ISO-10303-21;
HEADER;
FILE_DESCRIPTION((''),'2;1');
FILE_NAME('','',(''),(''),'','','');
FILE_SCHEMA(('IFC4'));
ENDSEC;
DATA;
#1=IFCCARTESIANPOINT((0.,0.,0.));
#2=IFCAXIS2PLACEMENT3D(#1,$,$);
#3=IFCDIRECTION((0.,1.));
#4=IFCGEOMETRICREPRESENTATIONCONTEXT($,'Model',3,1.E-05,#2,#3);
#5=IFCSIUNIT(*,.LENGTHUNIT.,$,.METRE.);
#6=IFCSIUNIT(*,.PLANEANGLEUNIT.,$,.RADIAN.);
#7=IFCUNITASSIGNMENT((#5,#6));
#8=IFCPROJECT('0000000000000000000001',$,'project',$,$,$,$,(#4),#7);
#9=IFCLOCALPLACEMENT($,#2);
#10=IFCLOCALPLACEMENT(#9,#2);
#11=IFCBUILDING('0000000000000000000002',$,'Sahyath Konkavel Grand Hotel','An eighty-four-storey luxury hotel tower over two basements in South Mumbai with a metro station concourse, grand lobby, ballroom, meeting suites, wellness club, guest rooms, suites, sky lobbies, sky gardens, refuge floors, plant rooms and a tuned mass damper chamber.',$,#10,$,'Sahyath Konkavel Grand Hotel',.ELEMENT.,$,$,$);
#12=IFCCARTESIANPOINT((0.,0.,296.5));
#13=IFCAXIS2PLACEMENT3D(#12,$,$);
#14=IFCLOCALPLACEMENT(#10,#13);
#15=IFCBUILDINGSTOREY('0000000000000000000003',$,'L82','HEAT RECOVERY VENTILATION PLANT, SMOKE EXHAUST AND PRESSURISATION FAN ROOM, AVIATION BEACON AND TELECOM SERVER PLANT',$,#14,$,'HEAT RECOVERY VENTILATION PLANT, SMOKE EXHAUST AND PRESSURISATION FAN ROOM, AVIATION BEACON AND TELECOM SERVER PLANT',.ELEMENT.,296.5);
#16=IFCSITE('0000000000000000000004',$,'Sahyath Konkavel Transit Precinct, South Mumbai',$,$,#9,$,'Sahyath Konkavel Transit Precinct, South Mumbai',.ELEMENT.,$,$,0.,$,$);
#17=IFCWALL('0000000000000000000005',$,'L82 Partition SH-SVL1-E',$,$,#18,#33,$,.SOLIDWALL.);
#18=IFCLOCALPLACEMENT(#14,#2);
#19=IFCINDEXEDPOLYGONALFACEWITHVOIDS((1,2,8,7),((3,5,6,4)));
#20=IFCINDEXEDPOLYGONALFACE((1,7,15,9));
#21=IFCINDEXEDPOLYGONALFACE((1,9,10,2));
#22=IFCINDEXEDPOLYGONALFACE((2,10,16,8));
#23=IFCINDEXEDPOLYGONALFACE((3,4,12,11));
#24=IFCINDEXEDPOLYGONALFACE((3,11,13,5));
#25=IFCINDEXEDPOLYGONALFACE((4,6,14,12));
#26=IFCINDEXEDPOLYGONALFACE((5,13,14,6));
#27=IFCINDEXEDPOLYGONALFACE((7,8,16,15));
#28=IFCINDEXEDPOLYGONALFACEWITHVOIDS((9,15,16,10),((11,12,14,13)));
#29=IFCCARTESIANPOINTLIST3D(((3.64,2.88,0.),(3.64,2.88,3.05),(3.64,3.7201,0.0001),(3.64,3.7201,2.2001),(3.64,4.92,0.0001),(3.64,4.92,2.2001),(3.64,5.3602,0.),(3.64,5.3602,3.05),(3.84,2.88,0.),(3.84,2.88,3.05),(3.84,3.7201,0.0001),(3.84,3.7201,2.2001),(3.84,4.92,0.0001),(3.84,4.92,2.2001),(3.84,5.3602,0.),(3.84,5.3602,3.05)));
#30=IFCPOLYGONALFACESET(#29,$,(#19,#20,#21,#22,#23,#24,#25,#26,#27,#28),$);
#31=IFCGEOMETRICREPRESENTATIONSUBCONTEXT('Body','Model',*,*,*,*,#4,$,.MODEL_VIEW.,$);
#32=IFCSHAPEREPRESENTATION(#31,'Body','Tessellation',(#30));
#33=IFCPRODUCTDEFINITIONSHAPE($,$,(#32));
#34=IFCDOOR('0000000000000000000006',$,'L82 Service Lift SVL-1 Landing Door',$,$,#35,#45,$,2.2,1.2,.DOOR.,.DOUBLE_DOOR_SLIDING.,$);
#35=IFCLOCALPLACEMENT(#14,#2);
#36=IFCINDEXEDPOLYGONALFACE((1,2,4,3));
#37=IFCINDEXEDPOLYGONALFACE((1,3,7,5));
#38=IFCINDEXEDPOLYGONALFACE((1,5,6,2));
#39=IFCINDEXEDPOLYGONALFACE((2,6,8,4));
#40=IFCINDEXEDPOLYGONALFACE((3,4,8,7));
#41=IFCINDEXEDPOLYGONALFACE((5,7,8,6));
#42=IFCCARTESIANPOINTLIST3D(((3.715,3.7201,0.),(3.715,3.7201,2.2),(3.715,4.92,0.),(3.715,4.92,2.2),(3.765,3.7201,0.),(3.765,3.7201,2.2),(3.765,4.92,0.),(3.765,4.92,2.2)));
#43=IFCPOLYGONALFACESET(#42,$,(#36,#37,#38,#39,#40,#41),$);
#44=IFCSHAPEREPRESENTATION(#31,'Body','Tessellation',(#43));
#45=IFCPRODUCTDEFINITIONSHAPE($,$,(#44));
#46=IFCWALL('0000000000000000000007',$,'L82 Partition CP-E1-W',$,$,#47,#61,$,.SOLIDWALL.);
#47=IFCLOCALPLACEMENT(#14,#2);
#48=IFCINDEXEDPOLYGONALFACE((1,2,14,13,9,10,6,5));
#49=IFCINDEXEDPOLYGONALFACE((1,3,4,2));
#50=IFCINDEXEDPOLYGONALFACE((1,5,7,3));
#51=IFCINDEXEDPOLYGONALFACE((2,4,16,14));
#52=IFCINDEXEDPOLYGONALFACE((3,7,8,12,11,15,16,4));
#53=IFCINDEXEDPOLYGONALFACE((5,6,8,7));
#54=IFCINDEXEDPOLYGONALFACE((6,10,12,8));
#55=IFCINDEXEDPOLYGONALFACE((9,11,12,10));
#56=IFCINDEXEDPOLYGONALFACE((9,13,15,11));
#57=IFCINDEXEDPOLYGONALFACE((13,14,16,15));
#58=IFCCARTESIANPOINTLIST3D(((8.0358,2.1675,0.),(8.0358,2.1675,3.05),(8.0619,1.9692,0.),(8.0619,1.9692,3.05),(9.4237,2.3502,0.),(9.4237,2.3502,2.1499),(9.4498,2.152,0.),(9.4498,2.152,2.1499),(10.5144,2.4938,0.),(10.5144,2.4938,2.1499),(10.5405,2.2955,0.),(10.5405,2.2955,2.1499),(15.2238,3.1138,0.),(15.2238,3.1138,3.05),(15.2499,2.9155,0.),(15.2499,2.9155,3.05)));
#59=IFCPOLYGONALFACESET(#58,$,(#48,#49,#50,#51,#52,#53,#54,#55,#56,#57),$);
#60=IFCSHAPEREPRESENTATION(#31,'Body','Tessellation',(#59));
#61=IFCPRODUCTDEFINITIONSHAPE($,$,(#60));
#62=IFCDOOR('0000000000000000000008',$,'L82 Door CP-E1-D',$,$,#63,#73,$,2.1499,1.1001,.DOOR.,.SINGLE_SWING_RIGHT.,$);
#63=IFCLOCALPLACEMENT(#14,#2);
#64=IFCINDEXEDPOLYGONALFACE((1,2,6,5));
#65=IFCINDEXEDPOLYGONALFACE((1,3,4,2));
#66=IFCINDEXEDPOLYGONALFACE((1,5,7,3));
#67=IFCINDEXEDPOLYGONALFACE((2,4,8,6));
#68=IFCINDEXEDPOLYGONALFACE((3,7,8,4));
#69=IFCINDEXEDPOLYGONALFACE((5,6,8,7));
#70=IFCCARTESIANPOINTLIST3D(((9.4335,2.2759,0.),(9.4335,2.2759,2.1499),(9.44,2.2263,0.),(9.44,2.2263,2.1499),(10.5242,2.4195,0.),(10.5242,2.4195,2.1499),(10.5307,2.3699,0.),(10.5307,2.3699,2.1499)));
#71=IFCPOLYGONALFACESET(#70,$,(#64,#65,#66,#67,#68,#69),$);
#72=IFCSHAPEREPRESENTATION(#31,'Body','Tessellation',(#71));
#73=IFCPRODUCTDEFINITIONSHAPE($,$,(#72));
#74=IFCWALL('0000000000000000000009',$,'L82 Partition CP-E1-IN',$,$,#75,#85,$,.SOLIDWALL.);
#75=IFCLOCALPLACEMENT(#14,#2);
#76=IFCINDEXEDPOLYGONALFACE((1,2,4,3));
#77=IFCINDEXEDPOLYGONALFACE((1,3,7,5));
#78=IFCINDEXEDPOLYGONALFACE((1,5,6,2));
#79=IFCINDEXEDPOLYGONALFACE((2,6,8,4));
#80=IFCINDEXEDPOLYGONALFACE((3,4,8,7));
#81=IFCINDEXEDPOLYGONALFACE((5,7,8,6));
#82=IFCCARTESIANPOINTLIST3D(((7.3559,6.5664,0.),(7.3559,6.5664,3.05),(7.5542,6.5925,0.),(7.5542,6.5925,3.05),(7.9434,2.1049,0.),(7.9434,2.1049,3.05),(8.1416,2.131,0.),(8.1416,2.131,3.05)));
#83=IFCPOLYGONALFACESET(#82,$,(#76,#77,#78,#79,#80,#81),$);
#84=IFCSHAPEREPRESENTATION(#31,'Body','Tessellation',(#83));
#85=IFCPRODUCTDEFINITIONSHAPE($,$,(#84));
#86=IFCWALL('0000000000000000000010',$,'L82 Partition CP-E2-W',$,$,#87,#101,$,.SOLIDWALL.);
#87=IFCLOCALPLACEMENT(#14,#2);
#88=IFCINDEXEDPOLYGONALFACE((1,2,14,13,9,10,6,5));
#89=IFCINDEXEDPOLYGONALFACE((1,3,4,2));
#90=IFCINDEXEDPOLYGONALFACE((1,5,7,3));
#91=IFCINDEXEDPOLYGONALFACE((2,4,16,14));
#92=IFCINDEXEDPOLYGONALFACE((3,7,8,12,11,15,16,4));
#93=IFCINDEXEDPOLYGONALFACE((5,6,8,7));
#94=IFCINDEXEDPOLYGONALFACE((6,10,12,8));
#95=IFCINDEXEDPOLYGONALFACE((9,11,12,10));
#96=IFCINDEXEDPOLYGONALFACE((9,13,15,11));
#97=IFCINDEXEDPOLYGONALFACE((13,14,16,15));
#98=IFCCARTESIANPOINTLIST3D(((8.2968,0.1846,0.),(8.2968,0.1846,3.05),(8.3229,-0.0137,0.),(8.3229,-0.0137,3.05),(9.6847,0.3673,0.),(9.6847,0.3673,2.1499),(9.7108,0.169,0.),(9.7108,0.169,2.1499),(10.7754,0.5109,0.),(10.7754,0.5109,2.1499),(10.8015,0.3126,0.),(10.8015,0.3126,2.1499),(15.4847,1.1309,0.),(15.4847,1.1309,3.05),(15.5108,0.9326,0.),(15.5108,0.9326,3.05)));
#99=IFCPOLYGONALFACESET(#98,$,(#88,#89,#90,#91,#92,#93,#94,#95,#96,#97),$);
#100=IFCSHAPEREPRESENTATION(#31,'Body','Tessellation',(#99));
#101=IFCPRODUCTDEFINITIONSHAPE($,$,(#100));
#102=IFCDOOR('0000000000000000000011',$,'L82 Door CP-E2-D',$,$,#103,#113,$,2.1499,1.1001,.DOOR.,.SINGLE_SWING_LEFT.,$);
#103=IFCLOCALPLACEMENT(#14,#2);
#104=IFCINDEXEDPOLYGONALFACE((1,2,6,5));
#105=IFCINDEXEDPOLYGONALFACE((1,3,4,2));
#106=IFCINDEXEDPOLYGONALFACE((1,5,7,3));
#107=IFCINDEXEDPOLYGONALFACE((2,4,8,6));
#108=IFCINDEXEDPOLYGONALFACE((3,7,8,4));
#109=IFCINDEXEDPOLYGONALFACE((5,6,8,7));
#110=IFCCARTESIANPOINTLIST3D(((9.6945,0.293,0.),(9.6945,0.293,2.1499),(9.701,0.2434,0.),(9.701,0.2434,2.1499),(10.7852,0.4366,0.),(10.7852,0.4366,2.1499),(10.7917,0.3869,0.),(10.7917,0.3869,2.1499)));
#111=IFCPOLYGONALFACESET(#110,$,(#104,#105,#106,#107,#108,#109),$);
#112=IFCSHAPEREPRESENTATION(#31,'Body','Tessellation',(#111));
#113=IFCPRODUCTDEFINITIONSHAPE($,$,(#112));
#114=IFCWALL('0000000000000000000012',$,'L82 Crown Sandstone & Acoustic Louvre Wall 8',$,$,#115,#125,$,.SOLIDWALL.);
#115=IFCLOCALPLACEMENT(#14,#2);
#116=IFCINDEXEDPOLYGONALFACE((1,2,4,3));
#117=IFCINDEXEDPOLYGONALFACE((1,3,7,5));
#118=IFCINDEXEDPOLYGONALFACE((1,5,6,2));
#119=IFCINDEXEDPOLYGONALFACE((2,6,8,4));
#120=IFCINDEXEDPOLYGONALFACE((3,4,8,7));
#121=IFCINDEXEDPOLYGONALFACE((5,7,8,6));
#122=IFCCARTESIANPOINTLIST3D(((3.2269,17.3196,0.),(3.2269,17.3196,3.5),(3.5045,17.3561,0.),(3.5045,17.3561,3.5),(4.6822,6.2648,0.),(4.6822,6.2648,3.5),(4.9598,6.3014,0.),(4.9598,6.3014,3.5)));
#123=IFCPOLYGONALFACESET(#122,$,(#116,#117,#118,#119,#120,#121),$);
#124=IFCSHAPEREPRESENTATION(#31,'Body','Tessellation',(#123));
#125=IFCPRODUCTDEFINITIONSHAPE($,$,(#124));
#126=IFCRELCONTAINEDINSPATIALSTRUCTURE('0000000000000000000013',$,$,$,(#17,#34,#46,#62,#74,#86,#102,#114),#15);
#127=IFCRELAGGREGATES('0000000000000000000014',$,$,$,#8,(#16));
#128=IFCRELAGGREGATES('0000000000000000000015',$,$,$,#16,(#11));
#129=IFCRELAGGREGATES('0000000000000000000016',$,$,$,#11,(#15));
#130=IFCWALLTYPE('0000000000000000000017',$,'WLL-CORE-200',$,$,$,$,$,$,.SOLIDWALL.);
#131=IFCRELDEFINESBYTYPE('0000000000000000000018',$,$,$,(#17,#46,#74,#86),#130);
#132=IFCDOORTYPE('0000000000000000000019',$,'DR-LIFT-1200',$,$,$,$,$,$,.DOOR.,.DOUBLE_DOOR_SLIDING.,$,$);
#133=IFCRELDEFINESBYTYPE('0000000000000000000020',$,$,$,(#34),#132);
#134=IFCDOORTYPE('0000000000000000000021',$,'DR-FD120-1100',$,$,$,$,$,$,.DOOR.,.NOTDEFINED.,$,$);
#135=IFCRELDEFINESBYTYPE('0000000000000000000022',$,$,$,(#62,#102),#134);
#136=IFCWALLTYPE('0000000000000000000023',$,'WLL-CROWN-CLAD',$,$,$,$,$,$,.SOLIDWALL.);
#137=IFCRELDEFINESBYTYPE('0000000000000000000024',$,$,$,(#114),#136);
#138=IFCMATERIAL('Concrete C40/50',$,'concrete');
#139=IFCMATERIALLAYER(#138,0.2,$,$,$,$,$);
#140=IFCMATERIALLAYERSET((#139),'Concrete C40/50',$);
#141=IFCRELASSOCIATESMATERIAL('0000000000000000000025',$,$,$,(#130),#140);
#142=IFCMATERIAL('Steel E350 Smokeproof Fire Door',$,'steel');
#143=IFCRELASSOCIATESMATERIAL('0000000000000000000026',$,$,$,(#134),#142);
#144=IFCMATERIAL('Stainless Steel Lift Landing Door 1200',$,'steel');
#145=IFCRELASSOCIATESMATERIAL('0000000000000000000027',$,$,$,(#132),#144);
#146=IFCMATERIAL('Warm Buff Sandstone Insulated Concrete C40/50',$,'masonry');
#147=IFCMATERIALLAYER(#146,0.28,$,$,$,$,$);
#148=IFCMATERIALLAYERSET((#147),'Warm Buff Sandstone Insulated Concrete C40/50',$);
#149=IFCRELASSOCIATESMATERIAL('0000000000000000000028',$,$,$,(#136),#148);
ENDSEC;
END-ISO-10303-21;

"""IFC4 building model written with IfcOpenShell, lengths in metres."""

from ifc_helpers import new_model, si_unit, direction, frame, frame_2d, origin, origin_2d, place, context, subcontext, project, spatial, rectangle, extrude, source, transform, mapped, material, layer, layer_set, type_object, element, fill, save


model = new_model("IFC4")

# Units and contexts
model_context = context("Model", 3, precision=1e-05, world=origin(), true_north=direction((0.0, 1.0)))
body_context = subcontext(model_context, "Body", "Model", "MODEL_VIEW")
ifc_project = project(units=[si_unit("LENGTHUNIT", "METRE"), si_unit("PLANEANGLEUNIT", "RADIAN")], contexts=[model_context])

# Site, building, storey
site_placement = place(None, origin())
site = spatial("IfcSite", under=ifc_project, at=site_placement, Name="Sahyath Konkavel Transit Precinct, South Mumbai", LongName="Sahyath Konkavel Transit Precinct, South Mumbai", CompositionType="ELEMENT", RefElevation=0.0)
building_placement = place(site_placement, origin())
building = spatial("IfcBuilding", under=site, at=building_placement, Name="Sahyath Konkavel Grand Hotel", Description="An eighty-four-storey luxury hotel tower over two basements in South Mumbai with a metro station concourse, grand lobby, ballroom, meeting suites, wellness club, guest rooms, suites, sky lobbies, sky gardens, refuge floors, plant rooms and a tuned mass damper chamber.", LongName="Sahyath Konkavel Grand Hotel", CompositionType="ELEMENT")
storey_placement = place(building_placement, frame((0.0, 0.0, 296.5)))
storey = spatial("IfcBuildingStorey", under=building, at=storey_placement, Name="L82", Description="HEAT RECOVERY VENTILATION PLANT, SMOKE EXHAUST AND PRESSURISATION FAN ROOM, AVIATION BEACON AND TELECOM SERVER PLANT", LongName="HEAT RECOVERY VENTILATION PLANT, SMOKE EXHAUST AND PRESSURISATION FAN ROOM, AVIATION BEACON AND TELECOM SERVER PLANT", CompositionType="ELEMENT", Elevation=296.5)

# Shared definitions
ifc_material_1 = material(Name="Concrete C40/50", Category="concrete")

# Shared definitions
ifc_layer_1 = layer(ifc_material_1, 0.2)
ifc_layer_set_1 = layer_set([ifc_layer_1], Name="Concrete C40/50")
wall_type_1 = type_object("IfcWallType", Name="WLL-CORE-200", PredefinedType="SOLIDWALL", material=ifc_layer_set_1)
ifc_material_2 = material(Name="Steel E350 Smokeproof Fire Door", Category="steel")
door_type_1 = type_object("IfcDoorType", Name="DR-FD120-1100", OperationType="NOTDEFINED", PredefinedType="DOOR", material=ifc_material_2)
shared_shape_1 = source(origin(), body_context, "Body", "SweptSolid", [
    extrude(rectangle(XDim=1.1001, YDim=0.05, at=origin_2d()), origin(), (0.0, 0.0, 1.0), 2.1499),
])

# Walls, openings, doors
wall_1_placement = place(storey_placement, frame((3.74, 2.8799, 0.0), z_axis=(0.0, 0.0, 1.0), x_axis=(0.0, 1.0, 0.0)))
wall_1 = element("IfcWall", 1, at=wall_1_placement, inside=storey, type_object=wall_type_1, Name="L82 Partition SH-SVL1-E", PredefinedType="SOLIDWALL", context=body_context, shape_type="SweptSolid", body=[
    extrude(rectangle(XDim=2.4802, YDim=0.2, at=frame_2d((1.2402, 0.0))), origin(), (0.0, 0.0, 1.0), 3.05),
])
opening_1_placement = place(wall_1_placement, frame((0.8401, 0.0, 0.0)))
opening_1 = element("IfcOpeningElement", 2, at=opening_1_placement, cuts=wall_1, PredefinedType="OPENING", context=body_context, shape_type="SweptSolid", body=[
    extrude(rectangle(XDim=1.2, YDim=2.2, at=frame_2d((0.6001, 1.1001))), frame((0.0, 0.1099, 0.0), z_axis=(0.0, -1.0, 0.0), x_axis=(1.0, 0.0, 0.0)), (0.0, 0.0, 1.0), 0.22),
])
ifc_material_3 = material(Name="Stainless Steel Lift Landing Door 1200", Category="steel")
door_type_2 = type_object("IfcDoorType", Name="DR-LIFT-1200", OperationType="DOUBLE_DOOR_SLIDING", PredefinedType="DOOR", material=ifc_material_3)
shared_shape_2 = source(origin(), body_context, "Body", "SweptSolid", [
    extrude(rectangle(XDim=1.2, YDim=0.05, at=origin_2d()), origin(), (0.0, 0.0, 1.0), 2.2),
])
door_1_placement = place(opening_1_placement, frame((0.6001, 0.0, 0.0)))
door_1 = element("IfcDoor", 3, at=door_1_placement, inside=storey, type_object=door_type_2, Name="L82 Service Lift SVL-1 Landing Door", OperationType="DOUBLE_DOOR_SLIDING", OverallHeight=2.2, OverallWidth=1.2, PredefinedType="DOOR", context=body_context, shape_type="MappedRepresentation", body=[
    mapped(shared_shape_2, transform((0.0, 0.0, 0.0), scale=1.0)),
])
fill(opening_1, door_1)
wall_2_placement = place(storey_placement, frame((8.0488, 2.0684, 0.0), z_axis=(0.0, 0.0, 1.0), x_axis=(0.991445, 0.130522, 0.0)))
wall_2 = element("IfcWall", 4, at=wall_2_placement, inside=storey, type_object=wall_type_1, Name="L82 Partition CP-E1-W", PredefinedType="SOLIDWALL", context=body_context, shape_type="SweptSolid", body=[
    extrude(rectangle(XDim=7.25, YDim=0.2, at=frame_2d((3.625, 0.0))), origin(), (0.0, 0.0, 1.0), 3.05),
])
opening_2_placement = place(wall_2_placement, frame((1.3999, 0.0, 0.0)))
opening_2 = element("IfcOpeningElement", 5, at=opening_2_placement, cuts=wall_2, PredefinedType="OPENING", context=body_context, shape_type="SweptSolid", body=[
    extrude(rectangle(XDim=1.1001, YDim=2.1499, at=frame_2d((0.55, 1.075))), frame((0.0, 0.1099, 0.0), z_axis=(0.0, -1.0, 0.0), x_axis=(1.0, 0.0, 0.0)), (0.0, 0.0, 1.0), 0.22),
])
door_2_placement = place(opening_2_placement, frame((0.55, 0.0, 0.0)))
door_2 = element("IfcDoor", 6, at=door_2_placement, inside=storey, type_object=door_type_1, Name="L82 Door CP-E1-D", OperationType="SINGLE_SWING_RIGHT", OverallHeight=2.1499, OverallWidth=1.1001, PredefinedType="DOOR", context=body_context, shape_type="MappedRepresentation", body=[
    mapped(shared_shape_1, transform((0.0, 0.0, 0.0), scale=1.0)),
])
fill(opening_2, door_2)

# Wall
wall_3_placement = place(storey_placement, frame((8.0425, 2.1179, 0.0), z_axis=(0.0, 0.0, 1.0), x_axis=(-0.130536, 0.991444, 0.0)))
element("IfcWall", 7, at=wall_3_placement, inside=storey, type_object=wall_type_1, Name="L82 Partition CP-E1-IN", PredefinedType="SOLIDWALL", context=body_context, shape_type="SweptSolid", body=[
    extrude(rectangle(XDim=4.5, YDim=0.2, at=frame_2d((2.25, 0.0))), origin(), (0.0, 0.0, 1.0), 3.05),
])

# Wall, opening, door
wall_4_placement = place(storey_placement, frame((8.3098, 0.0854, 0.0), z_axis=(0.0, 0.0, 1.0), x_axis=(0.991445, 0.130522, 0.0)))
wall_4 = element("IfcWall", 8, at=wall_4_placement, inside=storey, type_object=wall_type_1, Name="L82 Partition CP-E2-W", PredefinedType="SOLIDWALL", context=body_context, shape_type="SweptSolid", body=[
    extrude(rectangle(XDim=7.25, YDim=0.2, at=frame_2d((3.625, 0.0))), origin(), (0.0, 0.0, 1.0), 3.05),
])
opening_3_placement = place(wall_4_placement, frame((1.3999, 0.0, 0.0)))
opening_3 = element("IfcOpeningElement", 9, at=opening_3_placement, cuts=wall_4, PredefinedType="OPENING", context=body_context, shape_type="SweptSolid", body=[
    extrude(rectangle(XDim=1.1001, YDim=2.1499, at=frame_2d((0.55, 1.075))), frame((0.0, 0.1099, 0.0), z_axis=(0.0, -1.0, 0.0), x_axis=(1.0, 0.0, 0.0)), (0.0, 0.0, 1.0), 0.22),
])
door_3_placement = place(opening_3_placement, frame((0.55, 0.0, 0.0)))
door_3 = element("IfcDoor", 10, at=door_3_placement, inside=storey, type_object=door_type_1, Name="L82 Door CP-E2-D", OperationType="SINGLE_SWING_LEFT", OverallHeight=2.1499, OverallWidth=1.1001, PredefinedType="DOOR", context=body_context, shape_type="MappedRepresentation", body=[
    mapped(shared_shape_1, transform((0.0, 0.0, 0.0), scale=1.0)),
])
fill(opening_3, door_3)

# Wall
ifc_material_4 = material(Name="Warm Buff Sandstone Insulated Concrete C40/50", Category="masonry")
ifc_layer_2 = layer(ifc_material_4, 0.28)
ifc_layer_set_2 = layer_set([ifc_layer_2], Name="Warm Buff Sandstone Insulated Concrete C40/50")
wall_type_2 = type_object("IfcWallType", Name="WLL-CROWN-CLAD", PredefinedType="SOLIDWALL", material=ifc_layer_set_2)
wall_5_placement = place(storey_placement, frame((4.821, 6.283, 0.0), z_axis=(0.0, 0.0, 1.0), x_axis=(-0.130521, 0.991445, 0.0)))
element("IfcWall", 11, at=wall_5_placement, inside=storey, type_object=wall_type_2, Name="L82 Crown Sandstone & Acoustic Louvre Wall 8", PredefinedType="SOLIDWALL", context=body_context, shape_type="SweptSolid", body=[
    extrude(rectangle(XDim=11.1501, YDim=0.28, at=frame_2d((5.5752, 0.0))), origin(), (0.0, 0.0, 1.0), 3.5),
])

save(model, "model.ifc")
